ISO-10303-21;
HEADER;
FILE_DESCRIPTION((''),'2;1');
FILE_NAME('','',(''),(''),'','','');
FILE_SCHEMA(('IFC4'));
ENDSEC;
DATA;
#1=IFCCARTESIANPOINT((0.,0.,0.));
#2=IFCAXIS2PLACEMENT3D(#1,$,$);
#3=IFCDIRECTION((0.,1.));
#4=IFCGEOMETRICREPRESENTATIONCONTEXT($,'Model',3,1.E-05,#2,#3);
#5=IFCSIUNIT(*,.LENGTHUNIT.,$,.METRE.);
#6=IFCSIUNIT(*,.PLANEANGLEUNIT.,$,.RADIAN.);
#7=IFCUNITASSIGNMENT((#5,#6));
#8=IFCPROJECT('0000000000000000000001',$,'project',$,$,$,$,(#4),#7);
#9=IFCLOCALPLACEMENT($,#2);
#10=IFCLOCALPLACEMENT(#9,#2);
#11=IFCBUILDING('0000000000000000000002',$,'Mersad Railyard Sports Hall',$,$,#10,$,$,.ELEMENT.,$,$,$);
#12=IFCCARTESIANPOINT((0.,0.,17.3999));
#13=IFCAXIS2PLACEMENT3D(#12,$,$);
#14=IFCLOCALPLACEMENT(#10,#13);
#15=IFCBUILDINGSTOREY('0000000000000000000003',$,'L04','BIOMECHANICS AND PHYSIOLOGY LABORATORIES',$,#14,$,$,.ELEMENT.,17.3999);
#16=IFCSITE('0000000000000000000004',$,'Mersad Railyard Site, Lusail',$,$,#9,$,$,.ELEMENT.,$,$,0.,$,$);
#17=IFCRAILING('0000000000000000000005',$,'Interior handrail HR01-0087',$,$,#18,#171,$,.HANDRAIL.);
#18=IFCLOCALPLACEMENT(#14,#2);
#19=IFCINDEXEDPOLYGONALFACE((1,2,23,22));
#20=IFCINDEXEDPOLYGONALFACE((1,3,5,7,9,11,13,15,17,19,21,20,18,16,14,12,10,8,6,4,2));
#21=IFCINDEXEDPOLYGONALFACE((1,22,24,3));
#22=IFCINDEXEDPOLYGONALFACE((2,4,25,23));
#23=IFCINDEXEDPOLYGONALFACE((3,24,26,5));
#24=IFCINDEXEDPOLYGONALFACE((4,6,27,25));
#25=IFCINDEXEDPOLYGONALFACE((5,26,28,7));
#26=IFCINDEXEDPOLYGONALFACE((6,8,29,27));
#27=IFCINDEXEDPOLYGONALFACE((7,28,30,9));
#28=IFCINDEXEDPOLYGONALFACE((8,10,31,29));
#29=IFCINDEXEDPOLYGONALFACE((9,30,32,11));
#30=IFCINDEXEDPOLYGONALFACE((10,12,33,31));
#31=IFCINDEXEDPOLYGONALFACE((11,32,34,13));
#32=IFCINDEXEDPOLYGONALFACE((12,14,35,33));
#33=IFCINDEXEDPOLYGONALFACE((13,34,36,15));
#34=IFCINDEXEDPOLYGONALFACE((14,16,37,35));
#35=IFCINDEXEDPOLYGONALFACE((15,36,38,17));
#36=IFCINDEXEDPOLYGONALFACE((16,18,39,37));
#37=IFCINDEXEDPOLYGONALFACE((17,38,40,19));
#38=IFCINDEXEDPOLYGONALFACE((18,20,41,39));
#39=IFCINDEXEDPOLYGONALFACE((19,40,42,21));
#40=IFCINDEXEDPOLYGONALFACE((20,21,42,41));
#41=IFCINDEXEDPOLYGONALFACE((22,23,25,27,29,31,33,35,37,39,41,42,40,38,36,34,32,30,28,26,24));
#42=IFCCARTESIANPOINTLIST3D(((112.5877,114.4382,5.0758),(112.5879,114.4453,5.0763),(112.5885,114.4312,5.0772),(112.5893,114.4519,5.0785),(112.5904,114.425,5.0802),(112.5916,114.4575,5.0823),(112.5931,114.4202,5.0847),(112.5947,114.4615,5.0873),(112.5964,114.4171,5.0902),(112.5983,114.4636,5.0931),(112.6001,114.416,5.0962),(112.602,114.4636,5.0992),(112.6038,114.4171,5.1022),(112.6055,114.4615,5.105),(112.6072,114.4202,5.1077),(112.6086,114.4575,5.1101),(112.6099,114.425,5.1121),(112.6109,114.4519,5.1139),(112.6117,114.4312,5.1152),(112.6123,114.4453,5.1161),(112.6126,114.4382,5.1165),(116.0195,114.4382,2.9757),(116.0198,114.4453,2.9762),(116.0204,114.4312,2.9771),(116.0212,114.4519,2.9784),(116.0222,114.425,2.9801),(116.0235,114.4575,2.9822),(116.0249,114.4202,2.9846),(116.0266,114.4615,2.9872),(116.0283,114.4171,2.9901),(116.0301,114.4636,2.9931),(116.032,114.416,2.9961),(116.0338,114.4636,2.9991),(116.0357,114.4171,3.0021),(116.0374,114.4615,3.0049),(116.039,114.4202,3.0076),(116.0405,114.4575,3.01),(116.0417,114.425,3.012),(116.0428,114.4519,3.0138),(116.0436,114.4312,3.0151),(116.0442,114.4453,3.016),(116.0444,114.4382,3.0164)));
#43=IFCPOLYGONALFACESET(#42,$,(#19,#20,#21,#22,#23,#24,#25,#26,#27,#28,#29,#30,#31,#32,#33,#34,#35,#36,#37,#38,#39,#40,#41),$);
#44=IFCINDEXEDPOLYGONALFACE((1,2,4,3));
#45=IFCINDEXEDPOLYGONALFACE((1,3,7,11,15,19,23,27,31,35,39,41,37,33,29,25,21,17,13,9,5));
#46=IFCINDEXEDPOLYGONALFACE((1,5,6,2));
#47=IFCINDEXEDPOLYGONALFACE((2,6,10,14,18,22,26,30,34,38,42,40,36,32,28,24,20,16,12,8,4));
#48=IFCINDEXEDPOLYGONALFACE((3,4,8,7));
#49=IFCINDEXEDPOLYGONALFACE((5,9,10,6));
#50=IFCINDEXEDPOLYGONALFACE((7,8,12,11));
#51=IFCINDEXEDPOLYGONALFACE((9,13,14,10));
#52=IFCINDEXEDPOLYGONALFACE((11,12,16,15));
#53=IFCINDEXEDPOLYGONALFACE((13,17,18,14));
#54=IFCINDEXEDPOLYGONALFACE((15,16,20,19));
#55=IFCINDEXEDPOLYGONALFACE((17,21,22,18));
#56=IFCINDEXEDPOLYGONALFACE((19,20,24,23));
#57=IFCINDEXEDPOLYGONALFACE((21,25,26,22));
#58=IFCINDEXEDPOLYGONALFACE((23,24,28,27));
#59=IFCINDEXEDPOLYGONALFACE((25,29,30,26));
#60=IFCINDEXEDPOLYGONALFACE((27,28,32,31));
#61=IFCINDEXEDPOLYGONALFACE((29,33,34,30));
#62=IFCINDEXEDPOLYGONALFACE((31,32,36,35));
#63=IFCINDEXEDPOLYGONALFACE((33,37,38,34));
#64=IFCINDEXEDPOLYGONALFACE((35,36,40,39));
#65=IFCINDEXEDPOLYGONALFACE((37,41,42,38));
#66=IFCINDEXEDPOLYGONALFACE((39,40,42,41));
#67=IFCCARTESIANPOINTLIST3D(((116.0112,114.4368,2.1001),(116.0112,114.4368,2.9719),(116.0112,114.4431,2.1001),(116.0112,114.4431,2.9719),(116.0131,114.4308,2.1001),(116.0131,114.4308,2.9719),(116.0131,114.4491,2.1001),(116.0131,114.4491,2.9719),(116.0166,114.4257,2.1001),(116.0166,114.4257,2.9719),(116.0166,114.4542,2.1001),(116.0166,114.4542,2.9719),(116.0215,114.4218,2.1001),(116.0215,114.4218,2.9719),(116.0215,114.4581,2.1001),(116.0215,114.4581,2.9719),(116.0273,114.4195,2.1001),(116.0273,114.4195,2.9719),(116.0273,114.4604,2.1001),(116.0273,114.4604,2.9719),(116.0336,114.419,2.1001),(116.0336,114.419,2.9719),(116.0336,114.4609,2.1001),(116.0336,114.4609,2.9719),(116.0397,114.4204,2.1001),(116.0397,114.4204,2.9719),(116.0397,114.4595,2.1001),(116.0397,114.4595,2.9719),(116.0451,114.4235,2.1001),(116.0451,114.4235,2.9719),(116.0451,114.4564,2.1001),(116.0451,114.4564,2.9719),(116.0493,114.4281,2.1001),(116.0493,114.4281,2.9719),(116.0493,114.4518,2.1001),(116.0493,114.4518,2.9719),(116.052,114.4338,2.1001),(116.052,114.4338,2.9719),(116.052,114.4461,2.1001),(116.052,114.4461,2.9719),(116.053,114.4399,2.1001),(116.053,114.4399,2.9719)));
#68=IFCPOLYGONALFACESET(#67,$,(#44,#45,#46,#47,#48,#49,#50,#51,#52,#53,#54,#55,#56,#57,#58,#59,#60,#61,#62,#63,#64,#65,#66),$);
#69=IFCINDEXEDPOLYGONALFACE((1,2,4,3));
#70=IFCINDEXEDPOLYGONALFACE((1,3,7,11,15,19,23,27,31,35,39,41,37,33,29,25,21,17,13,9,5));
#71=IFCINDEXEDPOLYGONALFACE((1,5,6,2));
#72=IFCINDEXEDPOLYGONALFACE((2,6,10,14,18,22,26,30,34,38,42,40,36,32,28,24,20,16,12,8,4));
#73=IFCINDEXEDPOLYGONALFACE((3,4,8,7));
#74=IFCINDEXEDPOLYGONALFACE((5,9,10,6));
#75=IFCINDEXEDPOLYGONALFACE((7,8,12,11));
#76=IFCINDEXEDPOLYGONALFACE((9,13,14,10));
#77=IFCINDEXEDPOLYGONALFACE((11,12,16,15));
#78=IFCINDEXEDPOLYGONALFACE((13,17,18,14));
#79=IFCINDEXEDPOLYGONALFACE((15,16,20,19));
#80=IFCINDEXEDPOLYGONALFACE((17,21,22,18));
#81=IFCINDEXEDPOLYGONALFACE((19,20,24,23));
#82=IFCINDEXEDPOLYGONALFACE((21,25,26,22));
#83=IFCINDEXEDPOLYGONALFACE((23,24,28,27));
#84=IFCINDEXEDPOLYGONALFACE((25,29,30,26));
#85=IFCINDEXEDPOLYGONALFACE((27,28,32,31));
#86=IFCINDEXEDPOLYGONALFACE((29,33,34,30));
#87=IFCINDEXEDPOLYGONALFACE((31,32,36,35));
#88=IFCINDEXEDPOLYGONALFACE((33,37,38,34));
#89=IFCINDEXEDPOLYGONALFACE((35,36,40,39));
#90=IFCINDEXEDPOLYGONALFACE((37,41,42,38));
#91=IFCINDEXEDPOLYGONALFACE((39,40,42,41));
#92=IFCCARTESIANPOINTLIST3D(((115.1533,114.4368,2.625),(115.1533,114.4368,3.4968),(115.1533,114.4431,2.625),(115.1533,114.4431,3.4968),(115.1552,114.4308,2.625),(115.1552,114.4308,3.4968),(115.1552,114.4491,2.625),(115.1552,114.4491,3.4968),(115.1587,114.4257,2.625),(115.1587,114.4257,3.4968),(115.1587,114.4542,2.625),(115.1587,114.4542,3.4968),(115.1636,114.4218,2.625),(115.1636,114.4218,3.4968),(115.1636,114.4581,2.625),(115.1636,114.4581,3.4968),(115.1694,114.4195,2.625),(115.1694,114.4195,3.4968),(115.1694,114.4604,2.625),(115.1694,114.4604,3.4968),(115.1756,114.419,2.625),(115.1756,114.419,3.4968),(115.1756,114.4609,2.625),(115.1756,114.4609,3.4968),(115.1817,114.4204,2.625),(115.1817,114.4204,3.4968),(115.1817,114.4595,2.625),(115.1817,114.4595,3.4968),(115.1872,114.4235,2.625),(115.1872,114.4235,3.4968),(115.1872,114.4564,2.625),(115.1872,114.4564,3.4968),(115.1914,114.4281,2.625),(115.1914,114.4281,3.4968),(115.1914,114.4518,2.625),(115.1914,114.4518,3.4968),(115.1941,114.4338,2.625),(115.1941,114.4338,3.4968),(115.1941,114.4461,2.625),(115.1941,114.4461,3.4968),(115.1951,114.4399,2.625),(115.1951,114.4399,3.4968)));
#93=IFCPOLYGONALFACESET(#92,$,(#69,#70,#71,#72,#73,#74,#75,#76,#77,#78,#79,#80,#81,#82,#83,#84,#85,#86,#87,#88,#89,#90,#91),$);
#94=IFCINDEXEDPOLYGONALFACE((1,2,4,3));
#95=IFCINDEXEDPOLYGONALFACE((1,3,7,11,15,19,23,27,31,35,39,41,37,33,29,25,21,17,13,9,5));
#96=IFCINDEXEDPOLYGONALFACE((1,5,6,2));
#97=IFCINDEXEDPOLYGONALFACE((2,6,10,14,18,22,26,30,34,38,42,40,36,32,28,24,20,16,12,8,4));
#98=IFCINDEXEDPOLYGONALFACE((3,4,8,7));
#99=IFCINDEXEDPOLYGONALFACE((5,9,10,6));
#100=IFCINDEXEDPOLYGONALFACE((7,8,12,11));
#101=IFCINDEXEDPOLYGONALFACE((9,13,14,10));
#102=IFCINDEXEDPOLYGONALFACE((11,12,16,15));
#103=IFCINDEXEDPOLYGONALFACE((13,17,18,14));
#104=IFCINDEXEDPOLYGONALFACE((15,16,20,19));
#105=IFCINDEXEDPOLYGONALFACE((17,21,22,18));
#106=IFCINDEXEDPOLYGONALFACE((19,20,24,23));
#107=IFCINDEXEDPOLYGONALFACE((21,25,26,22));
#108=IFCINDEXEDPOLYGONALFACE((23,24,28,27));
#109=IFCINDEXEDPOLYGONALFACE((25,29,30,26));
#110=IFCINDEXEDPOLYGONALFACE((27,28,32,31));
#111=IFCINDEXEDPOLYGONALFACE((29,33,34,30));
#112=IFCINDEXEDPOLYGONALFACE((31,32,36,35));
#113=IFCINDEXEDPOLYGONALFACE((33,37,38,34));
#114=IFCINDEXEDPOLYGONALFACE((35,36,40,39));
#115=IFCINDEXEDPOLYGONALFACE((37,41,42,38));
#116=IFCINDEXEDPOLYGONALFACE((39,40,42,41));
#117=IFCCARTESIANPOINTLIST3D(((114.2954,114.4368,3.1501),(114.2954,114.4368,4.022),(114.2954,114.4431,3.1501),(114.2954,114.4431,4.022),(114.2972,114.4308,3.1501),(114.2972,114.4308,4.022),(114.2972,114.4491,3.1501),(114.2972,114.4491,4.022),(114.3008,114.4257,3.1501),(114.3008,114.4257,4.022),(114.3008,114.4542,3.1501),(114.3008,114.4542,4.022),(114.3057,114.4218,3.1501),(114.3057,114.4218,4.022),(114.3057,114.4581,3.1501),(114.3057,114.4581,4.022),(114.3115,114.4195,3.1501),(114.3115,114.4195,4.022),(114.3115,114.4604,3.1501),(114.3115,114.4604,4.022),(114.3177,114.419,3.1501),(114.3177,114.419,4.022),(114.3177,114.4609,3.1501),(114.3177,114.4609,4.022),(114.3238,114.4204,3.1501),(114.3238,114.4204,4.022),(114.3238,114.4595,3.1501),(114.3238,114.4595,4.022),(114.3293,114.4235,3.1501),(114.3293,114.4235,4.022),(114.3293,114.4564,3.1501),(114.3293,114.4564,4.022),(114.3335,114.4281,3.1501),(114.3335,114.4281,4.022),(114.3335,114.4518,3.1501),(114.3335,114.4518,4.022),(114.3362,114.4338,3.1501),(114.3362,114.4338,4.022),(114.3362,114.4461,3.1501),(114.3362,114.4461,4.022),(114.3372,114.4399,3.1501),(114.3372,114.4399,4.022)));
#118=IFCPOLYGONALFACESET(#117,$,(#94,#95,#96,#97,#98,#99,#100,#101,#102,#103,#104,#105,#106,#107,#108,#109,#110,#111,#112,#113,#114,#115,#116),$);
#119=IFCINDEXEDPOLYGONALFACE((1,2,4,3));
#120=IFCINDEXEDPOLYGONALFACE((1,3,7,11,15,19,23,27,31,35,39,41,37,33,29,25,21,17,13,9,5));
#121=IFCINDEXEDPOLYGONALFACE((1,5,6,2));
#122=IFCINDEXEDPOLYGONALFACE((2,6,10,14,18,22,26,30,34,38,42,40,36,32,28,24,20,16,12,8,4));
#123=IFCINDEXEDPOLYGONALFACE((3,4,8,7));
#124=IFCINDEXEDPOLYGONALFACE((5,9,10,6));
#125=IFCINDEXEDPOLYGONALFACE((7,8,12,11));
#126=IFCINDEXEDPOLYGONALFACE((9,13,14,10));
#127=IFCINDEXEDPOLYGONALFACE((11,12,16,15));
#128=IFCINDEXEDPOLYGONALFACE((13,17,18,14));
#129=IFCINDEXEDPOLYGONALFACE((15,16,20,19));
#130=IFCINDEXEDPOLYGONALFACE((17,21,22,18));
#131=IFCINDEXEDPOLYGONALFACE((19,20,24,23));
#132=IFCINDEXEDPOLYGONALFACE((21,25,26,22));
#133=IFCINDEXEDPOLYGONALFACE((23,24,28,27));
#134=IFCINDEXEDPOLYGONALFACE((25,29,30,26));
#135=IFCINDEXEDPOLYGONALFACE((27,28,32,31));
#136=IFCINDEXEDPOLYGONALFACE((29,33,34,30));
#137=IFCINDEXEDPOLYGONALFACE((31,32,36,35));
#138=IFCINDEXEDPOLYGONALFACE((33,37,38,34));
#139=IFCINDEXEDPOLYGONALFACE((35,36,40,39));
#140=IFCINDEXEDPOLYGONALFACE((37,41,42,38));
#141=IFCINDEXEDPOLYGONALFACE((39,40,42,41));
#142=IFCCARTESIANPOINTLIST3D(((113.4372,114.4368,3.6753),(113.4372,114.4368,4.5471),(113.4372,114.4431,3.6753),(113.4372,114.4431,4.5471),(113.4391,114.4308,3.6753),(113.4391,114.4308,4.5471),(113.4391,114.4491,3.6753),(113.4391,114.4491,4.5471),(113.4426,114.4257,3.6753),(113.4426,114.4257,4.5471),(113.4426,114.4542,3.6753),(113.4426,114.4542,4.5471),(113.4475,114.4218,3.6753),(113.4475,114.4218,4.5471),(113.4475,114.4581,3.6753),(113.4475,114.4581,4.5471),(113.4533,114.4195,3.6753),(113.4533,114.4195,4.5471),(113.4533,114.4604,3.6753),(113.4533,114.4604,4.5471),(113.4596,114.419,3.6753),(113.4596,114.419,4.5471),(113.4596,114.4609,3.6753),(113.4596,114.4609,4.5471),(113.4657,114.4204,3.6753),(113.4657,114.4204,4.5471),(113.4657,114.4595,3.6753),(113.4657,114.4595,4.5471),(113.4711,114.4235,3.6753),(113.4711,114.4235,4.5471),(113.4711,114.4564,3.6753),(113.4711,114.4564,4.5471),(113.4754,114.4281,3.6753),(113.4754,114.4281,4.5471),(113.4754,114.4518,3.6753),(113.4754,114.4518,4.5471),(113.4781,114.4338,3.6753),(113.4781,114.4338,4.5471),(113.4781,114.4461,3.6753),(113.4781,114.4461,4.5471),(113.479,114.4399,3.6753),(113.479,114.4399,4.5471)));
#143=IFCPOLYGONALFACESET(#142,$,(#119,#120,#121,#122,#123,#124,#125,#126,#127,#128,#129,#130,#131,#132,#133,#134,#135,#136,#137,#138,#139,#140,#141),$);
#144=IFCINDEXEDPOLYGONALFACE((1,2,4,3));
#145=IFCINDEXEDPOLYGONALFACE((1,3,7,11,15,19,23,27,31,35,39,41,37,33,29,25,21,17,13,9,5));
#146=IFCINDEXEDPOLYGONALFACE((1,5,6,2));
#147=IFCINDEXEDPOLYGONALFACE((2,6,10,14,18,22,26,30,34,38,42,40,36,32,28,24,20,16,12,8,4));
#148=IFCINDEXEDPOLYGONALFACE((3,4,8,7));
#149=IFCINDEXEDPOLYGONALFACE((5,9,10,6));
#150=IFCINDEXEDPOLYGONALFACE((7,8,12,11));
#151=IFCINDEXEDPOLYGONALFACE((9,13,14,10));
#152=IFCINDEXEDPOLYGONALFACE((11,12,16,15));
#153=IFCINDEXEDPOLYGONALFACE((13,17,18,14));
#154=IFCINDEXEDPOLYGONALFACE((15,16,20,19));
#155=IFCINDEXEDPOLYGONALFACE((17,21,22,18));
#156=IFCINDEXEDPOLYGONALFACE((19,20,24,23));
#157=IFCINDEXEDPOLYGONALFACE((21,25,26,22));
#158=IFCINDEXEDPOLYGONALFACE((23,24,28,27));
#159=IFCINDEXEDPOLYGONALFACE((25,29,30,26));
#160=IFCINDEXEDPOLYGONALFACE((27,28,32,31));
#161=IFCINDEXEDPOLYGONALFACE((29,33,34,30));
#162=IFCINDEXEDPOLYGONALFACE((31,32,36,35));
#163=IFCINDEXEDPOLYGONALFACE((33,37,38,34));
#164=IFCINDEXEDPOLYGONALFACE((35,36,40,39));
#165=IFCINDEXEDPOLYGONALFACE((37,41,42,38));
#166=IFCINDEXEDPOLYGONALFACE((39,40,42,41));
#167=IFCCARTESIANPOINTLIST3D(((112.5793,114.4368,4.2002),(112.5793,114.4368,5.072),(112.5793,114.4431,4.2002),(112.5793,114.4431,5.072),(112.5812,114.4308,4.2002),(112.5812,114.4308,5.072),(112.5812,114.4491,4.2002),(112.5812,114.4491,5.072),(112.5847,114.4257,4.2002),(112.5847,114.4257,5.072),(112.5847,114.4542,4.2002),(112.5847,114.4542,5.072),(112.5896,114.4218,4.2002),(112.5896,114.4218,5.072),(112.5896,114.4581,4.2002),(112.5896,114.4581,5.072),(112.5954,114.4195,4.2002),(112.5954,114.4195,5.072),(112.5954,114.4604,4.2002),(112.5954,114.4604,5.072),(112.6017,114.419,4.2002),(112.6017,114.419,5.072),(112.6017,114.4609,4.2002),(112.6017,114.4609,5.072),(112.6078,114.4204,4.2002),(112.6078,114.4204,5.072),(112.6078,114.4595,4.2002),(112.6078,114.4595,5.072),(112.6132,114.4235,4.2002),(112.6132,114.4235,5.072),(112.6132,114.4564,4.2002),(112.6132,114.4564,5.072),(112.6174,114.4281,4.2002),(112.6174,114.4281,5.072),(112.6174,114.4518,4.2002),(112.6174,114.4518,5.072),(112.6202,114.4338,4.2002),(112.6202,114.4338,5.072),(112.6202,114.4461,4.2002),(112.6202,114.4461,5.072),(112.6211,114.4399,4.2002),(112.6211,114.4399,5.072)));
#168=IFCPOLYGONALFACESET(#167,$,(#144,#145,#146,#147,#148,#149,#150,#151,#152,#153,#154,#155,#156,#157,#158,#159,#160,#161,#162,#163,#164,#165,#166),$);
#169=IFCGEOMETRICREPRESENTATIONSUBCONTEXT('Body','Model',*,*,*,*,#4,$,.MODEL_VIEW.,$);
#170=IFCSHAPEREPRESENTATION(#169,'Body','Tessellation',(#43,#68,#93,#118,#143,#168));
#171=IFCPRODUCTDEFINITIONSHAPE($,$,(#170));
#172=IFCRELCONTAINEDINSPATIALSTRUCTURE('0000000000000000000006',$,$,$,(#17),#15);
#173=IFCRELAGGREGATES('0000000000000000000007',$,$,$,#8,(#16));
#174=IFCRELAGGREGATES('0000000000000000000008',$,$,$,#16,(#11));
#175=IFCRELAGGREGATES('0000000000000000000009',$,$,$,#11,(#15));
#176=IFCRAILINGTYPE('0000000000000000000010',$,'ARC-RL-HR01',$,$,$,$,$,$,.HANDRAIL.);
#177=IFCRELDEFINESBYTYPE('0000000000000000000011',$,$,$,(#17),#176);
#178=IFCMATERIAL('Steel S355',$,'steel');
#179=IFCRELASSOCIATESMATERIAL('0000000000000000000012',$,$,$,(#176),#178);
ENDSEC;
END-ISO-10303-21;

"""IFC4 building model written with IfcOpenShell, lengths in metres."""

from ifc_helpers import new_model, si_unit, direction, frame, origin, origin_2d, place, context, subcontext, project, spatial, circle, extrude, material, type_object, element, save


model = new_model("IFC4")

# Units and contexts
model_context = context("Model", 3, precision=1e-05, world=origin(), true_north=direction((0.0, 1.0)))
body_context = subcontext(model_context, "Body", "Model", "MODEL_VIEW")
ifc_project = project(units=[si_unit("LENGTHUNIT", "METRE"), si_unit("PLANEANGLEUNIT", "RADIAN")], contexts=[model_context])

# Site, building, storey
site_placement = place(None, origin())
site = spatial("IfcSite", under=ifc_project, at=site_placement, Name="Mersad Railyard Site, Lusail", CompositionType="ELEMENT", RefElevation=0.0)
building_placement = place(site_placement, origin())
building = spatial("IfcBuilding", under=site, at=building_placement, Name="Mersad Railyard Sports Hall", CompositionType="ELEMENT")
storey_placement = place(building_placement, frame((0.0, 0.0, 17.3999)))
storey = spatial("IfcBuildingStorey", under=building, at=storey_placement, Name="L04", Description="BIOMECHANICS AND PHYSIOLOGY LABORATORIES", CompositionType="ELEMENT", Elevation=17.3999)

# Shared definitions
ifc_material_1 = material(Name="Steel S355", Category="steel")

# Railing
railing_type_1 = type_object("IfcRailingType", Name="ARC-RL-HR01", PredefinedType="HANDRAIL", material=ifc_material_1)
railing_1_placement = place(storey_placement, frame((116.032, 114.4399, 2.1001)))
element("IfcRailing", 1, at=railing_1_placement, inside=storey, type_object=railing_type_1, Name="Interior handrail HR01-0087", PredefinedType="HANDRAIL", context=body_context, shape_type="SweptSolid", body=[
    extrude(circle(Radius=0.0239, at=origin_2d()), frame((0.0, 0.0, 0.896), z_axis=(-0.852968, 0.0, 0.521963), x_axis=(0.0, -1.0, 0.0)), (0.0, 0.0, 1.0), 4.0234),
    extrude(circle(Radius=0.021, at=origin_2d()), origin(), (0.0, 0.0, 1.0), 0.8718),
    extrude(circle(Radius=0.021, at=origin_2d()), frame((-0.8579, 0.0, 0.5249)), (0.0, 0.0, 1.0), 0.8718),
    extrude(circle(Radius=0.021, at=origin_2d()), frame((-1.7158, 0.0, 1.05)), (0.0, 0.0, 1.0), 0.8718),
    extrude(circle(Radius=0.021, at=origin_2d()), frame((-2.574, 0.0, 1.5752)), (0.0, 0.0, 1.0), 0.8718),
    extrude(circle(Radius=0.021, at=origin_2d()), frame((-3.4319, 0.0, 2.1001)), (0.0, 0.0, 1.0), 0.8718),
])

save(model, "model.ifc")
